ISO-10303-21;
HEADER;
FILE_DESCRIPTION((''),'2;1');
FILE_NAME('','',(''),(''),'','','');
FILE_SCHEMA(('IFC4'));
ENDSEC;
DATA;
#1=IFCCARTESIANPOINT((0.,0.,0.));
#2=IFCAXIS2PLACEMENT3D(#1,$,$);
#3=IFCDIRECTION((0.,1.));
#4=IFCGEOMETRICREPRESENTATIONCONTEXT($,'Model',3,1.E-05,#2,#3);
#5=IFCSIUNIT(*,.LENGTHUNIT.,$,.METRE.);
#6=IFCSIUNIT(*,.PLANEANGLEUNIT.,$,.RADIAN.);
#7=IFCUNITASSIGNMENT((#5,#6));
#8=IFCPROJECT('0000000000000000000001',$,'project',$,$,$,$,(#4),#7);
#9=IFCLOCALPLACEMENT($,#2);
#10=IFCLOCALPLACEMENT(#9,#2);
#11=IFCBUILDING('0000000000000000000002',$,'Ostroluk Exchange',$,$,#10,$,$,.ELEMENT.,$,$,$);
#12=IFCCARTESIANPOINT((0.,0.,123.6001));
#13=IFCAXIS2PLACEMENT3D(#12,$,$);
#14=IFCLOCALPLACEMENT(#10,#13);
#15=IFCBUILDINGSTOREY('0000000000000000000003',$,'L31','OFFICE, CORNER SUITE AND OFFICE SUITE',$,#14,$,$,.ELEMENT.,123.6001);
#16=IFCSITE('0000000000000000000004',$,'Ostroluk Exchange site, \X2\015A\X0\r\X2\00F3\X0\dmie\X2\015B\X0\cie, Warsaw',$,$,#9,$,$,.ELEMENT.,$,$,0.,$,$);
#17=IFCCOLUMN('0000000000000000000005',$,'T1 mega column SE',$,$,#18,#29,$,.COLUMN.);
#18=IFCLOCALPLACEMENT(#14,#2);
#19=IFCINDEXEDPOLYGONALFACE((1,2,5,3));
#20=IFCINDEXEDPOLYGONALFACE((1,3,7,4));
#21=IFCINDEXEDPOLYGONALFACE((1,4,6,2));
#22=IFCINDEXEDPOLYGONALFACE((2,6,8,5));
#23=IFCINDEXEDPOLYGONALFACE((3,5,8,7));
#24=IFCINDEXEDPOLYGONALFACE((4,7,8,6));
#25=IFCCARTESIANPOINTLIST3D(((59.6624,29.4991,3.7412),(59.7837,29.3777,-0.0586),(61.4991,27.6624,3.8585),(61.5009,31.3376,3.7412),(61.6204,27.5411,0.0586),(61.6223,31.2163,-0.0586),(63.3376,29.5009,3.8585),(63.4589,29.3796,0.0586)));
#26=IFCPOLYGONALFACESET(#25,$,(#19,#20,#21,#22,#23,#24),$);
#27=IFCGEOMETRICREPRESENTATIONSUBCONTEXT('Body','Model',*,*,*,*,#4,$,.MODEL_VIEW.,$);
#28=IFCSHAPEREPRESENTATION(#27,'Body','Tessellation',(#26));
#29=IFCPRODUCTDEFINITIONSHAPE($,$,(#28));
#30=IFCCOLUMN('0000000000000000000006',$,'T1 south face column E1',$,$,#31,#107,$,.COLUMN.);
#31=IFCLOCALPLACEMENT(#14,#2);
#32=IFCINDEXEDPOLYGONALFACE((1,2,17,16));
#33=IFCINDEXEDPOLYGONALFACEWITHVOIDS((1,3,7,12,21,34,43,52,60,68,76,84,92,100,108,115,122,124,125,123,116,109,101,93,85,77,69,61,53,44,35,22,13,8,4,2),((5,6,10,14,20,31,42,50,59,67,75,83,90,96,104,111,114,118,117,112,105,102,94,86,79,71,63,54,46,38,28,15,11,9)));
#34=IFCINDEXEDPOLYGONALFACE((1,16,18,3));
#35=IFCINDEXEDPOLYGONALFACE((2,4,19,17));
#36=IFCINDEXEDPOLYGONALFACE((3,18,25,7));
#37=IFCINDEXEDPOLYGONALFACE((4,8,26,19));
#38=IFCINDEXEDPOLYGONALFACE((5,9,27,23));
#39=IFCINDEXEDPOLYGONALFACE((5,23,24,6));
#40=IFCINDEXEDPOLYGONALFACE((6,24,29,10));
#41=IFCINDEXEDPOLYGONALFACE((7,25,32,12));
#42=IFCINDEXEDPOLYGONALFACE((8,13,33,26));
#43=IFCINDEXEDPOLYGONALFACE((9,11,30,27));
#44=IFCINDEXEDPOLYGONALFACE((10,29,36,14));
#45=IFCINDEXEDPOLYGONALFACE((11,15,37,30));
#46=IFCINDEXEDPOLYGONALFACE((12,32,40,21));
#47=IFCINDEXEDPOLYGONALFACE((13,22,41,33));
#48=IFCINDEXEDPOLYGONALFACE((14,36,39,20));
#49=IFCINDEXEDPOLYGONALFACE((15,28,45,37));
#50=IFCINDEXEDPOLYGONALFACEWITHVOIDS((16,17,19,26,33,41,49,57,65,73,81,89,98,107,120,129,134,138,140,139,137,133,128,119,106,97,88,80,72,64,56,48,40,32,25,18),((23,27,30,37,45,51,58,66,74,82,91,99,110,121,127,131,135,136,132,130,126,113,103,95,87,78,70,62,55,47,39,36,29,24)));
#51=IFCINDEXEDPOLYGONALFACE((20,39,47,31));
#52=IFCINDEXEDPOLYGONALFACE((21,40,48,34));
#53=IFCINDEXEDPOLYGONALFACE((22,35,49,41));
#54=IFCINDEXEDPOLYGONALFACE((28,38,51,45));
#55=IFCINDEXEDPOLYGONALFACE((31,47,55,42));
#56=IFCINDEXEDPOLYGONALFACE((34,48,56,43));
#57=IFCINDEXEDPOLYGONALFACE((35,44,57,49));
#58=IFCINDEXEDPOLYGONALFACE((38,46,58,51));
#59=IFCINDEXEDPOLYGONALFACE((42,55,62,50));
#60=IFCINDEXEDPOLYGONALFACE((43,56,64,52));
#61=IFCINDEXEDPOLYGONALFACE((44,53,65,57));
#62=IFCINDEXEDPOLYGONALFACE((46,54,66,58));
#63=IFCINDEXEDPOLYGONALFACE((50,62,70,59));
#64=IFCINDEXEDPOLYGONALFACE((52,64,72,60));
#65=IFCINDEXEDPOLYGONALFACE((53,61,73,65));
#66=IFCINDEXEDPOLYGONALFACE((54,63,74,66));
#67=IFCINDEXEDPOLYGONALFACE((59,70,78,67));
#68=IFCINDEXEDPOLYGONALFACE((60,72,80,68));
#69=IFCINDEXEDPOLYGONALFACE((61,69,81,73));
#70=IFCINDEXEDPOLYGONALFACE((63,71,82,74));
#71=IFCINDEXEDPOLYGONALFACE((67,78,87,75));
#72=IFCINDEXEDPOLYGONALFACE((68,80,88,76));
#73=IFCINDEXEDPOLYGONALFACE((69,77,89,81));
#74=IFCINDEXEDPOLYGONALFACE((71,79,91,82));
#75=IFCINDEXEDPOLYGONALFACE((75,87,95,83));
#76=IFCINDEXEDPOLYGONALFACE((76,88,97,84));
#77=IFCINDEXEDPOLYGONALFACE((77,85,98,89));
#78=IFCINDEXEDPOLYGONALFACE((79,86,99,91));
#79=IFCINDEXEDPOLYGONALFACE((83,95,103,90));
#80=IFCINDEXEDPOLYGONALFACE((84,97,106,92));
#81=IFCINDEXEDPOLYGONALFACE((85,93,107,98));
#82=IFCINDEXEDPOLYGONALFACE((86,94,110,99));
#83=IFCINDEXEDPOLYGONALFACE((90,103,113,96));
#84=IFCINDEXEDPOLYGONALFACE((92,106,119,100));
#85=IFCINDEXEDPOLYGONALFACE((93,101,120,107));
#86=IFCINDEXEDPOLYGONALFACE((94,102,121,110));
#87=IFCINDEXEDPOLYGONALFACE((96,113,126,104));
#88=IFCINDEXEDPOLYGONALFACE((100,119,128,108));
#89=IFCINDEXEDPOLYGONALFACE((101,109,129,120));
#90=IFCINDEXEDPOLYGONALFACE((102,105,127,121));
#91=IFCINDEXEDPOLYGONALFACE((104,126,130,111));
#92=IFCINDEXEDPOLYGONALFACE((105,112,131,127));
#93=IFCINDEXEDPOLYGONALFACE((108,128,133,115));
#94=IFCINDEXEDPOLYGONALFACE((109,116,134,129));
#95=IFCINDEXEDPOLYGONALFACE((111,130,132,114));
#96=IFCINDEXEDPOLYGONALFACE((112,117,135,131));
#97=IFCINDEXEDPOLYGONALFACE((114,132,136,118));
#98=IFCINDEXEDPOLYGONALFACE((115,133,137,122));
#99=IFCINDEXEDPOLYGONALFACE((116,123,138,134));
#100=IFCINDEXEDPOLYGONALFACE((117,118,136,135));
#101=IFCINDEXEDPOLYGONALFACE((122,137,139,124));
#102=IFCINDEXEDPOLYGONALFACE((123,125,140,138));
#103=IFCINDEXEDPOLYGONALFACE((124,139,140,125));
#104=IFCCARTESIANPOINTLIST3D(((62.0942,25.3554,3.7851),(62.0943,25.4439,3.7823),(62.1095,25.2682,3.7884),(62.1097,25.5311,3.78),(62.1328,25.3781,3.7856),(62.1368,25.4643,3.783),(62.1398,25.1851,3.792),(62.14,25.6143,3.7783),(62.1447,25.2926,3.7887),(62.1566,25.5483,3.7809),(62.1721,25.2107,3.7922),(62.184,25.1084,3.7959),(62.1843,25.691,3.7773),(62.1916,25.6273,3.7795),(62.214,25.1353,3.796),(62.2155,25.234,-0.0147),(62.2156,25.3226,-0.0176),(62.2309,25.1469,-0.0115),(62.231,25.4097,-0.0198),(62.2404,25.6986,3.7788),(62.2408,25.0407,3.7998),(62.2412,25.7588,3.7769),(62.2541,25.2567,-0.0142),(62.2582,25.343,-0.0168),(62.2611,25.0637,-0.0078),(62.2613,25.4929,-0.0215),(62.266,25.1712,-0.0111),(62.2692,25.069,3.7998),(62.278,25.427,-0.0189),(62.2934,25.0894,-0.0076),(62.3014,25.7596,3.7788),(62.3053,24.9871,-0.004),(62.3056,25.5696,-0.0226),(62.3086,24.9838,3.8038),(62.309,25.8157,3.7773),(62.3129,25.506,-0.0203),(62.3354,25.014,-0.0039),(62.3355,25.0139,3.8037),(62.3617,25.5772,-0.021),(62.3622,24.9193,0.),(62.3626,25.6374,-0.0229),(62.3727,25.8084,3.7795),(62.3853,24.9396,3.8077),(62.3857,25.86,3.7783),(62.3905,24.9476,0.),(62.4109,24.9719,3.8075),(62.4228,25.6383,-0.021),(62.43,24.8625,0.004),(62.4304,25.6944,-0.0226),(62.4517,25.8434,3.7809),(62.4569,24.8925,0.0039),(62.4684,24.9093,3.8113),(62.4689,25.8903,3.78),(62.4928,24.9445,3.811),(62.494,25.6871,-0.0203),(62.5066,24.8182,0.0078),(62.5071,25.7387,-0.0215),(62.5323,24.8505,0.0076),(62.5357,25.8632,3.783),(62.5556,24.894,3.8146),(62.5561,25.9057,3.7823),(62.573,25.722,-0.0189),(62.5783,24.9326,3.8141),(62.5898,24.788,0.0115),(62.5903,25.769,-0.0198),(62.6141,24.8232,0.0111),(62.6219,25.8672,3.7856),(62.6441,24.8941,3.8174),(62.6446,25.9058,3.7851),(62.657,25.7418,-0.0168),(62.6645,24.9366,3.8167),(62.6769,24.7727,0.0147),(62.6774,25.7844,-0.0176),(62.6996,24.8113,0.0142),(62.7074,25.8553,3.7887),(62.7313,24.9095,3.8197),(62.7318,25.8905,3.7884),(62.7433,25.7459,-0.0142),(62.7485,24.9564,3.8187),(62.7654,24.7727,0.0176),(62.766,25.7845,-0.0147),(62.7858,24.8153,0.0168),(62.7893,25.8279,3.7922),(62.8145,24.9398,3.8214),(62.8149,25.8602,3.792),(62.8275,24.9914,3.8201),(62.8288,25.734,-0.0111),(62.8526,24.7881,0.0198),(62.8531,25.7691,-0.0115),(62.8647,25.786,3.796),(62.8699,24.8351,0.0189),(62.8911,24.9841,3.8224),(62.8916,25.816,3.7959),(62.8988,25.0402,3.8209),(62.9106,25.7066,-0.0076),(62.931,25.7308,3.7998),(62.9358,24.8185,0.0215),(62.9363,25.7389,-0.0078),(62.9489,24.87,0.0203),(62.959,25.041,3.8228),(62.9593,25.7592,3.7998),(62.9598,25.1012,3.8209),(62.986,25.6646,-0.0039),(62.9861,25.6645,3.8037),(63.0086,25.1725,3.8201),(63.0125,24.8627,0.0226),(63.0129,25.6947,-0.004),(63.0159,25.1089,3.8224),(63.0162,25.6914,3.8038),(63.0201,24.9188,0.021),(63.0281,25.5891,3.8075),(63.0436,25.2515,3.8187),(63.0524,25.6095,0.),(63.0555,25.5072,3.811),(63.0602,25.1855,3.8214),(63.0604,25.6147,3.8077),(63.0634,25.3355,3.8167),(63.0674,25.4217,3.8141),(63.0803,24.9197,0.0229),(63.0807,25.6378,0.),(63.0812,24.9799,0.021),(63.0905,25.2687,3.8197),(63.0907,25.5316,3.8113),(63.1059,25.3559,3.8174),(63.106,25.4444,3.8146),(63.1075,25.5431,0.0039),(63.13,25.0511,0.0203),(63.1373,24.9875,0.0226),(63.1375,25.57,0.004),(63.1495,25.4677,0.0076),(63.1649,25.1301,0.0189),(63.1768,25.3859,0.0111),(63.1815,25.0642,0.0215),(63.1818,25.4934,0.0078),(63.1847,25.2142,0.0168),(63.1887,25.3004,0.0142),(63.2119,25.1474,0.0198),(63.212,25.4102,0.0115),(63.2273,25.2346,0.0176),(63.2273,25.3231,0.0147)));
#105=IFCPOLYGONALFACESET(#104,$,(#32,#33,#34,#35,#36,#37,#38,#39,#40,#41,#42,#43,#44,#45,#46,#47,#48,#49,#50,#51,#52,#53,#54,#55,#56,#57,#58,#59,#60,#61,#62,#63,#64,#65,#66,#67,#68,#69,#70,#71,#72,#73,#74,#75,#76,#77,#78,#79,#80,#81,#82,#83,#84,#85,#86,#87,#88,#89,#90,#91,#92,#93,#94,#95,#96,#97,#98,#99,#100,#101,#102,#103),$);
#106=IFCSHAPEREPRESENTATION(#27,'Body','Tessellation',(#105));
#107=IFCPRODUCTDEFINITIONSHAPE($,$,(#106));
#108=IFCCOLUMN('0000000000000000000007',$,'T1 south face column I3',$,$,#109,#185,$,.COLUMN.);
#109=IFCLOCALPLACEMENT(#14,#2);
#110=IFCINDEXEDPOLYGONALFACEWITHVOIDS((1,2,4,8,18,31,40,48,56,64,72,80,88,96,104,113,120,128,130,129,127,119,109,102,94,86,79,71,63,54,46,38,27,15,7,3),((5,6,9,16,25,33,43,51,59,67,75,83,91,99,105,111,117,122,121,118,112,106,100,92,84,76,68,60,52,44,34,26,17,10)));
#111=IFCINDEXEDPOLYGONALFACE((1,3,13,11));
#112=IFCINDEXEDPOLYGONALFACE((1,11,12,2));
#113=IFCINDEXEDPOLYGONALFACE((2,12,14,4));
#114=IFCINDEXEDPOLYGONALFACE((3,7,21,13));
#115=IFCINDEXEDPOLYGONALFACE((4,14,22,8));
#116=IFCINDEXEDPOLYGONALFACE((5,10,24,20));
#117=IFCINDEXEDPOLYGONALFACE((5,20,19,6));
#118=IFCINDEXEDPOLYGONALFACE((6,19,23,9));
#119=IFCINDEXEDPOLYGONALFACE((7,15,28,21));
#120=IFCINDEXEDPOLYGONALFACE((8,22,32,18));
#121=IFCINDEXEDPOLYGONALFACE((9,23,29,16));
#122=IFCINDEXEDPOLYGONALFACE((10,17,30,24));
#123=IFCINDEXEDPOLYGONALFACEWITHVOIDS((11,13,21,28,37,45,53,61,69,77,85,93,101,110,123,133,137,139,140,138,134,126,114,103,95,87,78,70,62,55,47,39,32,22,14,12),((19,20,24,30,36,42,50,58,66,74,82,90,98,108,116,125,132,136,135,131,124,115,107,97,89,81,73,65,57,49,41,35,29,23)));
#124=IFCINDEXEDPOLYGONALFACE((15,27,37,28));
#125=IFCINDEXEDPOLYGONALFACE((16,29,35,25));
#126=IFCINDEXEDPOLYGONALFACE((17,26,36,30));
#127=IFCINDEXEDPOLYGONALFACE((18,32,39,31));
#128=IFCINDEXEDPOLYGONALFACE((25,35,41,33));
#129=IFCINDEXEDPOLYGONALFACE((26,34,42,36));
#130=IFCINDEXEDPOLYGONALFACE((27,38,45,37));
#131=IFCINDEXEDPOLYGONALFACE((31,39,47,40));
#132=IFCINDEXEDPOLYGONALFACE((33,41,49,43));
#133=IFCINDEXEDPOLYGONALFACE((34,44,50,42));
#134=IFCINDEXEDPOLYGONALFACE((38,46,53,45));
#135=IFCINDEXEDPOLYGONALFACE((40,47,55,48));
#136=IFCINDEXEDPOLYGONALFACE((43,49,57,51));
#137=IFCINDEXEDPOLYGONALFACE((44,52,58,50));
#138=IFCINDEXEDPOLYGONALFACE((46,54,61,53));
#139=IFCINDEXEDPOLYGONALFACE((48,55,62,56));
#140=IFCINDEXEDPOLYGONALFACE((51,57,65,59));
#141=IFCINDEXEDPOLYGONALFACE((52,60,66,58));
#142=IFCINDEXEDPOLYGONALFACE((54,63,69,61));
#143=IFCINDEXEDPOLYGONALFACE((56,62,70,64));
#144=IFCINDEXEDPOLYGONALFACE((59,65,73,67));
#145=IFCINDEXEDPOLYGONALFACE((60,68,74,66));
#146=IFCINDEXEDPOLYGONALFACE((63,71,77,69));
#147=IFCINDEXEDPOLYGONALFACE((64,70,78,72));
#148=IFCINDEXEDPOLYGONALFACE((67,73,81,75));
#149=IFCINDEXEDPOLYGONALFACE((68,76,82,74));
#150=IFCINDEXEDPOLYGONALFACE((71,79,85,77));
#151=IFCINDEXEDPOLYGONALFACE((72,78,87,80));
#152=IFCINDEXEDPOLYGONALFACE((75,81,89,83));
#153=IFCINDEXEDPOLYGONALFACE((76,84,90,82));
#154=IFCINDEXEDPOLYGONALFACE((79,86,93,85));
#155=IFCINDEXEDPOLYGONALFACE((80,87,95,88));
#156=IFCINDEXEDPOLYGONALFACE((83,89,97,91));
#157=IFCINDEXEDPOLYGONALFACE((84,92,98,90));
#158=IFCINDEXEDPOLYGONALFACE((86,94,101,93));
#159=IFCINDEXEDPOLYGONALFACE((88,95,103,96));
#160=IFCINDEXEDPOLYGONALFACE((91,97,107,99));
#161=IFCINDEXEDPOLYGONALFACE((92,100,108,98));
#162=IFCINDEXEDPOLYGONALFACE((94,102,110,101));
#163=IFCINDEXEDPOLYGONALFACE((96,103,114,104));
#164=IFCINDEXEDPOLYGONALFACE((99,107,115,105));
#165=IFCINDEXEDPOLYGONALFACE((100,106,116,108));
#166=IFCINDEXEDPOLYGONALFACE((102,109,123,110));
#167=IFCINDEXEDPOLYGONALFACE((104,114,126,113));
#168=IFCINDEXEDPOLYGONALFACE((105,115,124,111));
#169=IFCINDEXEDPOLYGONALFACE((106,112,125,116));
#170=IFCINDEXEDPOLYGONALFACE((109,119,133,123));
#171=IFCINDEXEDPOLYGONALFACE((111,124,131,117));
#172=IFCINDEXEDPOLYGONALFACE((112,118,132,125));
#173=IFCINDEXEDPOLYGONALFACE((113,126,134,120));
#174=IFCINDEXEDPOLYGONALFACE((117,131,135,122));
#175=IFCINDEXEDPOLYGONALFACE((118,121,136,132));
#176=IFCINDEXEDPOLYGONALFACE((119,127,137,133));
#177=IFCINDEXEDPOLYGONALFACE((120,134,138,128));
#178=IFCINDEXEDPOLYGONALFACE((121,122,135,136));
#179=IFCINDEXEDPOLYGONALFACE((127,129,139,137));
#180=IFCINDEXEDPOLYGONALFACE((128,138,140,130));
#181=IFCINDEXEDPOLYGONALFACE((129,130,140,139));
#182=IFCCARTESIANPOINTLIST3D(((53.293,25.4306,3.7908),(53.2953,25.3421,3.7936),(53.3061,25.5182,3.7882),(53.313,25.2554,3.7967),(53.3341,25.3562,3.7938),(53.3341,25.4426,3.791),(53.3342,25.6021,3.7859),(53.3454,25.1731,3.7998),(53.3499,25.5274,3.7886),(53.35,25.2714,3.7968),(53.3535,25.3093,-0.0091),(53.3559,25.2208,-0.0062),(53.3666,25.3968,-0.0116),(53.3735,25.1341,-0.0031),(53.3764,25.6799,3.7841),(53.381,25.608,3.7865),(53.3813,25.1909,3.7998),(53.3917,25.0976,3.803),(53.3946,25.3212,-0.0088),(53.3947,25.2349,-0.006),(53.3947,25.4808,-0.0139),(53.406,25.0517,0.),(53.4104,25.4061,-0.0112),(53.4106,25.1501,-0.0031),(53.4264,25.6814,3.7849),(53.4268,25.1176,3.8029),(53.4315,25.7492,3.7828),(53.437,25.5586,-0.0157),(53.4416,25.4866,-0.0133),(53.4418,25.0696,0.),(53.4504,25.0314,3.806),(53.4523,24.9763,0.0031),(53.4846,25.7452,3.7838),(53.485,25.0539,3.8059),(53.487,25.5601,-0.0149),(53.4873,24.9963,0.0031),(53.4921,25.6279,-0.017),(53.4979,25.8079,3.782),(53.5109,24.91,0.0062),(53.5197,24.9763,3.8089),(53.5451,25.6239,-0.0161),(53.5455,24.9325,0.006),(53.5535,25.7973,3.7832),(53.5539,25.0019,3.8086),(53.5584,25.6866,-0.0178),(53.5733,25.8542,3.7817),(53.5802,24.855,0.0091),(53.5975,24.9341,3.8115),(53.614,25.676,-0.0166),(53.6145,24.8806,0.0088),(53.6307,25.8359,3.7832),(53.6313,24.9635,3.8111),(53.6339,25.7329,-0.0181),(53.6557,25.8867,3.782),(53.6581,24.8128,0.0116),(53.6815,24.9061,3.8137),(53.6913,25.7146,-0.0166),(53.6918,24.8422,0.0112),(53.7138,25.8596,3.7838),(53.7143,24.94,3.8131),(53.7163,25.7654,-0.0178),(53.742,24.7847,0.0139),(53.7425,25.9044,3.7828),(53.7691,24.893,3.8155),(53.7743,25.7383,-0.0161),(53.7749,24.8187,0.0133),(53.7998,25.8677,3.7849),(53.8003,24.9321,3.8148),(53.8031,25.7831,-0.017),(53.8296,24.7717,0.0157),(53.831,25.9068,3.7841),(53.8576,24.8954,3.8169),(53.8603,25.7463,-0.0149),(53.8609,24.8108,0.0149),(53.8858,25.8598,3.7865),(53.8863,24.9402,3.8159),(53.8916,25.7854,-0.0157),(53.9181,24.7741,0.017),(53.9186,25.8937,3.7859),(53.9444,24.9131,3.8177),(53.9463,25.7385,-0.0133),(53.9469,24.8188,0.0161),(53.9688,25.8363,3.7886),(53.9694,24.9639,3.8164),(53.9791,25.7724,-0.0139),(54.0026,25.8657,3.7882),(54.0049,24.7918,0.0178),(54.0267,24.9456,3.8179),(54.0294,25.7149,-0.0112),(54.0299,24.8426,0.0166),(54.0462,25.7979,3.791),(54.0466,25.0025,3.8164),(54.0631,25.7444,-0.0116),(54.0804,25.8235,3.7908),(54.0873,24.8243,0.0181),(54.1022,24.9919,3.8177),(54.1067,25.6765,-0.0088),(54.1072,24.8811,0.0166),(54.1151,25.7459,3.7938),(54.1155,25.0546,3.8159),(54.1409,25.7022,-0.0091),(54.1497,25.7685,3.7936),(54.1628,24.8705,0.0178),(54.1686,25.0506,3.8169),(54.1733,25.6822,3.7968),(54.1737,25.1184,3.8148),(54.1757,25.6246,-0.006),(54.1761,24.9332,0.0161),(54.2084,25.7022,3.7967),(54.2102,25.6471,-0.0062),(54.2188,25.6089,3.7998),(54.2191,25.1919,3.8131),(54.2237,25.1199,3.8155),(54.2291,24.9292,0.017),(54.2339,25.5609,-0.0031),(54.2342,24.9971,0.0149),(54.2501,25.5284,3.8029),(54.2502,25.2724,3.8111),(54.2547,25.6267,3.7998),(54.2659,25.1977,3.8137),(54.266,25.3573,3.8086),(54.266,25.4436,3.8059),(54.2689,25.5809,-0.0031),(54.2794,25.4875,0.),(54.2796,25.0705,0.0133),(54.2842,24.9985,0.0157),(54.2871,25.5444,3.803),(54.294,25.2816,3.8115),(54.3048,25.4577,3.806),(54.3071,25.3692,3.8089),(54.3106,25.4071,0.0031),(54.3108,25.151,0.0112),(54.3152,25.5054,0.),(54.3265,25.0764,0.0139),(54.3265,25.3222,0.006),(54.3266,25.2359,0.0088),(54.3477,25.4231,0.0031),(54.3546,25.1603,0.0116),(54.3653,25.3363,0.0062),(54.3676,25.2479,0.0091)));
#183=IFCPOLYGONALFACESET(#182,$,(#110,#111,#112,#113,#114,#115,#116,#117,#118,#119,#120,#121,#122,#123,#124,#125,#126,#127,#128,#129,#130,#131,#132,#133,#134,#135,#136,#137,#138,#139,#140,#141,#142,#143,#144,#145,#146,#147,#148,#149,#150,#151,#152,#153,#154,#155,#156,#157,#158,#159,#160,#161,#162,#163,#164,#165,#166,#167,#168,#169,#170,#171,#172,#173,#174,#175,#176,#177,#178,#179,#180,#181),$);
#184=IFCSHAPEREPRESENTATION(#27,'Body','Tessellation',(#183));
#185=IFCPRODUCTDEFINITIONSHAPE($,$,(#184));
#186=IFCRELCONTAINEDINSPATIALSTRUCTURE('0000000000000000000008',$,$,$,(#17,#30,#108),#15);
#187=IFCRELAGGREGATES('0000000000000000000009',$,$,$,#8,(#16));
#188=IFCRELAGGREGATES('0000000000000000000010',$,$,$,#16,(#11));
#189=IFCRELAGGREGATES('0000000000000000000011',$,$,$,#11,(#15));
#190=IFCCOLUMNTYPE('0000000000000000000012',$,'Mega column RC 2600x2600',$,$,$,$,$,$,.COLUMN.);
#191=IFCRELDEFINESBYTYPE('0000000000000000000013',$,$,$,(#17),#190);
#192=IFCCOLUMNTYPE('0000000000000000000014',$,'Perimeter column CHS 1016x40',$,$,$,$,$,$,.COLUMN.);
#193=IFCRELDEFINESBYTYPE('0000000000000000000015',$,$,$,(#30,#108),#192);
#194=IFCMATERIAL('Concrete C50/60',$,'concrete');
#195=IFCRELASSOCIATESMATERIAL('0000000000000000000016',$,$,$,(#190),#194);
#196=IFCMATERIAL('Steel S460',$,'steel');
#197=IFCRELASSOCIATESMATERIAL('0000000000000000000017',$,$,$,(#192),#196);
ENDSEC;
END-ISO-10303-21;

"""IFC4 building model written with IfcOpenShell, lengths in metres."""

from ifc_helpers import new_model, si_unit, direction, frame, origin, origin_2d, place, context, subcontext, project, spatial, rectangle, hollow_circle, extrude, material, material_profile, profile_set, type_object, element, save


model = new_model("IFC4")

# Units and contexts
model_context = context("Model", 3, precision=1e-05, world=origin(), true_north=direction((0.0, 1.0)))
body_context = subcontext(model_context, "Body", "Model", "MODEL_VIEW")
ifc_project = project(units=[si_unit("LENGTHUNIT", "METRE"), si_unit("PLANEANGLEUNIT", "RADIAN")], contexts=[model_context])

# Site, building, storey
site_placement = place(None, origin())
site = spatial("IfcSite", under=ifc_project, at=site_placement, Name="Ostroluk Exchange site, Śródmieście, Warsaw", CompositionType="ELEMENT", RefElevation=0.0)
building_placement = place(site_placement, origin())
building = spatial("IfcBuilding", under=site, at=building_placement, Name="Ostroluk Exchange", CompositionType="ELEMENT")
storey_placement = place(building_placement, frame((0.0, 0.0, 123.6001)))
storey = spatial("IfcBuildingStorey", under=building, at=storey_placement, Name="L31", Description="OFFICE, CORNER SUITE AND OFFICE SUITE", CompositionType="ELEMENT", Elevation=123.6001)

# Columns
ifc_material_1 = material(Name="Concrete C50/60", Category="concrete")
ifc_material_profile_1 = material_profile(ifc_material_1, rectangle(XDim=2.6001, YDim=2.6001, at=origin_2d()), Name="RC 2600x2600")
ifc_profile_set_1 = profile_set([ifc_material_profile_1], Name="Concrete C50/60")
column_type_1 = type_object("IfcColumnType", Name="Mega column RC 2600x2600", PredefinedType="COLUMN", material=ifc_profile_set_1)
column_1_placement = place(storey_placement, frame((61.6213, 29.3787, 0.0), z_axis=(-0.0319, 0.0319, 0.998982), x_axis=(-0.707107, -0.707107, 0.0)))
element("IfcColumn", 1, at=column_1_placement, inside=storey, type_object=column_type_1, Name="T1 mega column SE", PredefinedType="COLUMN", context=body_context, shape_type="SweptSolid", body=[
    extrude(rectangle(XDim=2.6001, YDim=2.6001, at=origin_2d()), origin(), (0.0, 0.0, 1.0), 3.8037),
])
ifc_material_2 = material(Name="Steel S460", Category="steel")
ifc_material_profile_2 = material_profile(ifc_material_2, hollow_circle(Radius=0.5081, WallThickness=0.04, at=origin_2d()), Name="CHS 1016x40")
ifc_profile_set_2 = profile_set([ifc_material_profile_2], Name="Steel S460")
column_type_2 = type_object("IfcColumnType", Name="Perimeter column CHS 1016x40", PredefinedType="COLUMN", material=ifc_profile_set_2)
column_2_placement = place(storey_placement, frame((62.7214, 25.2786, 0.0), z_axis=(-0.0319, 0.0319, 0.998982), x_axis=(-0.707107, -0.707107, 0.0)))
element("IfcColumn", 2, at=column_2_placement, inside=storey, type_object=column_type_2, Name="T1 south face column E1", PredefinedType="COLUMN", context=body_context, shape_type="SweptSolid", body=[
    extrude(hollow_circle(Radius=0.5081, WallThickness=0.04, at=origin_2d()), origin(), (0.0, 0.0, 1.0), 3.8037),
])
column_3_placement = place(storey_placement, frame((53.8606, 25.2786, 0.0), z_axis=(-0.015924, 0.031912, 0.999364), x_axis=(-0.894787, -0.446493, 0.0)))
element("IfcColumn", 3, at=column_3_placement, inside=storey, type_object=column_type_2, Name="T1 south face column I3", PredefinedType="COLUMN", context=body_context, shape_type="SweptSolid", body=[
    extrude(hollow_circle(Radius=0.5081, WallThickness=0.04, at=origin_2d()), origin(), (0.0, 0.0, 1.0), 3.8022),
])

save(model, "model.ifc")
